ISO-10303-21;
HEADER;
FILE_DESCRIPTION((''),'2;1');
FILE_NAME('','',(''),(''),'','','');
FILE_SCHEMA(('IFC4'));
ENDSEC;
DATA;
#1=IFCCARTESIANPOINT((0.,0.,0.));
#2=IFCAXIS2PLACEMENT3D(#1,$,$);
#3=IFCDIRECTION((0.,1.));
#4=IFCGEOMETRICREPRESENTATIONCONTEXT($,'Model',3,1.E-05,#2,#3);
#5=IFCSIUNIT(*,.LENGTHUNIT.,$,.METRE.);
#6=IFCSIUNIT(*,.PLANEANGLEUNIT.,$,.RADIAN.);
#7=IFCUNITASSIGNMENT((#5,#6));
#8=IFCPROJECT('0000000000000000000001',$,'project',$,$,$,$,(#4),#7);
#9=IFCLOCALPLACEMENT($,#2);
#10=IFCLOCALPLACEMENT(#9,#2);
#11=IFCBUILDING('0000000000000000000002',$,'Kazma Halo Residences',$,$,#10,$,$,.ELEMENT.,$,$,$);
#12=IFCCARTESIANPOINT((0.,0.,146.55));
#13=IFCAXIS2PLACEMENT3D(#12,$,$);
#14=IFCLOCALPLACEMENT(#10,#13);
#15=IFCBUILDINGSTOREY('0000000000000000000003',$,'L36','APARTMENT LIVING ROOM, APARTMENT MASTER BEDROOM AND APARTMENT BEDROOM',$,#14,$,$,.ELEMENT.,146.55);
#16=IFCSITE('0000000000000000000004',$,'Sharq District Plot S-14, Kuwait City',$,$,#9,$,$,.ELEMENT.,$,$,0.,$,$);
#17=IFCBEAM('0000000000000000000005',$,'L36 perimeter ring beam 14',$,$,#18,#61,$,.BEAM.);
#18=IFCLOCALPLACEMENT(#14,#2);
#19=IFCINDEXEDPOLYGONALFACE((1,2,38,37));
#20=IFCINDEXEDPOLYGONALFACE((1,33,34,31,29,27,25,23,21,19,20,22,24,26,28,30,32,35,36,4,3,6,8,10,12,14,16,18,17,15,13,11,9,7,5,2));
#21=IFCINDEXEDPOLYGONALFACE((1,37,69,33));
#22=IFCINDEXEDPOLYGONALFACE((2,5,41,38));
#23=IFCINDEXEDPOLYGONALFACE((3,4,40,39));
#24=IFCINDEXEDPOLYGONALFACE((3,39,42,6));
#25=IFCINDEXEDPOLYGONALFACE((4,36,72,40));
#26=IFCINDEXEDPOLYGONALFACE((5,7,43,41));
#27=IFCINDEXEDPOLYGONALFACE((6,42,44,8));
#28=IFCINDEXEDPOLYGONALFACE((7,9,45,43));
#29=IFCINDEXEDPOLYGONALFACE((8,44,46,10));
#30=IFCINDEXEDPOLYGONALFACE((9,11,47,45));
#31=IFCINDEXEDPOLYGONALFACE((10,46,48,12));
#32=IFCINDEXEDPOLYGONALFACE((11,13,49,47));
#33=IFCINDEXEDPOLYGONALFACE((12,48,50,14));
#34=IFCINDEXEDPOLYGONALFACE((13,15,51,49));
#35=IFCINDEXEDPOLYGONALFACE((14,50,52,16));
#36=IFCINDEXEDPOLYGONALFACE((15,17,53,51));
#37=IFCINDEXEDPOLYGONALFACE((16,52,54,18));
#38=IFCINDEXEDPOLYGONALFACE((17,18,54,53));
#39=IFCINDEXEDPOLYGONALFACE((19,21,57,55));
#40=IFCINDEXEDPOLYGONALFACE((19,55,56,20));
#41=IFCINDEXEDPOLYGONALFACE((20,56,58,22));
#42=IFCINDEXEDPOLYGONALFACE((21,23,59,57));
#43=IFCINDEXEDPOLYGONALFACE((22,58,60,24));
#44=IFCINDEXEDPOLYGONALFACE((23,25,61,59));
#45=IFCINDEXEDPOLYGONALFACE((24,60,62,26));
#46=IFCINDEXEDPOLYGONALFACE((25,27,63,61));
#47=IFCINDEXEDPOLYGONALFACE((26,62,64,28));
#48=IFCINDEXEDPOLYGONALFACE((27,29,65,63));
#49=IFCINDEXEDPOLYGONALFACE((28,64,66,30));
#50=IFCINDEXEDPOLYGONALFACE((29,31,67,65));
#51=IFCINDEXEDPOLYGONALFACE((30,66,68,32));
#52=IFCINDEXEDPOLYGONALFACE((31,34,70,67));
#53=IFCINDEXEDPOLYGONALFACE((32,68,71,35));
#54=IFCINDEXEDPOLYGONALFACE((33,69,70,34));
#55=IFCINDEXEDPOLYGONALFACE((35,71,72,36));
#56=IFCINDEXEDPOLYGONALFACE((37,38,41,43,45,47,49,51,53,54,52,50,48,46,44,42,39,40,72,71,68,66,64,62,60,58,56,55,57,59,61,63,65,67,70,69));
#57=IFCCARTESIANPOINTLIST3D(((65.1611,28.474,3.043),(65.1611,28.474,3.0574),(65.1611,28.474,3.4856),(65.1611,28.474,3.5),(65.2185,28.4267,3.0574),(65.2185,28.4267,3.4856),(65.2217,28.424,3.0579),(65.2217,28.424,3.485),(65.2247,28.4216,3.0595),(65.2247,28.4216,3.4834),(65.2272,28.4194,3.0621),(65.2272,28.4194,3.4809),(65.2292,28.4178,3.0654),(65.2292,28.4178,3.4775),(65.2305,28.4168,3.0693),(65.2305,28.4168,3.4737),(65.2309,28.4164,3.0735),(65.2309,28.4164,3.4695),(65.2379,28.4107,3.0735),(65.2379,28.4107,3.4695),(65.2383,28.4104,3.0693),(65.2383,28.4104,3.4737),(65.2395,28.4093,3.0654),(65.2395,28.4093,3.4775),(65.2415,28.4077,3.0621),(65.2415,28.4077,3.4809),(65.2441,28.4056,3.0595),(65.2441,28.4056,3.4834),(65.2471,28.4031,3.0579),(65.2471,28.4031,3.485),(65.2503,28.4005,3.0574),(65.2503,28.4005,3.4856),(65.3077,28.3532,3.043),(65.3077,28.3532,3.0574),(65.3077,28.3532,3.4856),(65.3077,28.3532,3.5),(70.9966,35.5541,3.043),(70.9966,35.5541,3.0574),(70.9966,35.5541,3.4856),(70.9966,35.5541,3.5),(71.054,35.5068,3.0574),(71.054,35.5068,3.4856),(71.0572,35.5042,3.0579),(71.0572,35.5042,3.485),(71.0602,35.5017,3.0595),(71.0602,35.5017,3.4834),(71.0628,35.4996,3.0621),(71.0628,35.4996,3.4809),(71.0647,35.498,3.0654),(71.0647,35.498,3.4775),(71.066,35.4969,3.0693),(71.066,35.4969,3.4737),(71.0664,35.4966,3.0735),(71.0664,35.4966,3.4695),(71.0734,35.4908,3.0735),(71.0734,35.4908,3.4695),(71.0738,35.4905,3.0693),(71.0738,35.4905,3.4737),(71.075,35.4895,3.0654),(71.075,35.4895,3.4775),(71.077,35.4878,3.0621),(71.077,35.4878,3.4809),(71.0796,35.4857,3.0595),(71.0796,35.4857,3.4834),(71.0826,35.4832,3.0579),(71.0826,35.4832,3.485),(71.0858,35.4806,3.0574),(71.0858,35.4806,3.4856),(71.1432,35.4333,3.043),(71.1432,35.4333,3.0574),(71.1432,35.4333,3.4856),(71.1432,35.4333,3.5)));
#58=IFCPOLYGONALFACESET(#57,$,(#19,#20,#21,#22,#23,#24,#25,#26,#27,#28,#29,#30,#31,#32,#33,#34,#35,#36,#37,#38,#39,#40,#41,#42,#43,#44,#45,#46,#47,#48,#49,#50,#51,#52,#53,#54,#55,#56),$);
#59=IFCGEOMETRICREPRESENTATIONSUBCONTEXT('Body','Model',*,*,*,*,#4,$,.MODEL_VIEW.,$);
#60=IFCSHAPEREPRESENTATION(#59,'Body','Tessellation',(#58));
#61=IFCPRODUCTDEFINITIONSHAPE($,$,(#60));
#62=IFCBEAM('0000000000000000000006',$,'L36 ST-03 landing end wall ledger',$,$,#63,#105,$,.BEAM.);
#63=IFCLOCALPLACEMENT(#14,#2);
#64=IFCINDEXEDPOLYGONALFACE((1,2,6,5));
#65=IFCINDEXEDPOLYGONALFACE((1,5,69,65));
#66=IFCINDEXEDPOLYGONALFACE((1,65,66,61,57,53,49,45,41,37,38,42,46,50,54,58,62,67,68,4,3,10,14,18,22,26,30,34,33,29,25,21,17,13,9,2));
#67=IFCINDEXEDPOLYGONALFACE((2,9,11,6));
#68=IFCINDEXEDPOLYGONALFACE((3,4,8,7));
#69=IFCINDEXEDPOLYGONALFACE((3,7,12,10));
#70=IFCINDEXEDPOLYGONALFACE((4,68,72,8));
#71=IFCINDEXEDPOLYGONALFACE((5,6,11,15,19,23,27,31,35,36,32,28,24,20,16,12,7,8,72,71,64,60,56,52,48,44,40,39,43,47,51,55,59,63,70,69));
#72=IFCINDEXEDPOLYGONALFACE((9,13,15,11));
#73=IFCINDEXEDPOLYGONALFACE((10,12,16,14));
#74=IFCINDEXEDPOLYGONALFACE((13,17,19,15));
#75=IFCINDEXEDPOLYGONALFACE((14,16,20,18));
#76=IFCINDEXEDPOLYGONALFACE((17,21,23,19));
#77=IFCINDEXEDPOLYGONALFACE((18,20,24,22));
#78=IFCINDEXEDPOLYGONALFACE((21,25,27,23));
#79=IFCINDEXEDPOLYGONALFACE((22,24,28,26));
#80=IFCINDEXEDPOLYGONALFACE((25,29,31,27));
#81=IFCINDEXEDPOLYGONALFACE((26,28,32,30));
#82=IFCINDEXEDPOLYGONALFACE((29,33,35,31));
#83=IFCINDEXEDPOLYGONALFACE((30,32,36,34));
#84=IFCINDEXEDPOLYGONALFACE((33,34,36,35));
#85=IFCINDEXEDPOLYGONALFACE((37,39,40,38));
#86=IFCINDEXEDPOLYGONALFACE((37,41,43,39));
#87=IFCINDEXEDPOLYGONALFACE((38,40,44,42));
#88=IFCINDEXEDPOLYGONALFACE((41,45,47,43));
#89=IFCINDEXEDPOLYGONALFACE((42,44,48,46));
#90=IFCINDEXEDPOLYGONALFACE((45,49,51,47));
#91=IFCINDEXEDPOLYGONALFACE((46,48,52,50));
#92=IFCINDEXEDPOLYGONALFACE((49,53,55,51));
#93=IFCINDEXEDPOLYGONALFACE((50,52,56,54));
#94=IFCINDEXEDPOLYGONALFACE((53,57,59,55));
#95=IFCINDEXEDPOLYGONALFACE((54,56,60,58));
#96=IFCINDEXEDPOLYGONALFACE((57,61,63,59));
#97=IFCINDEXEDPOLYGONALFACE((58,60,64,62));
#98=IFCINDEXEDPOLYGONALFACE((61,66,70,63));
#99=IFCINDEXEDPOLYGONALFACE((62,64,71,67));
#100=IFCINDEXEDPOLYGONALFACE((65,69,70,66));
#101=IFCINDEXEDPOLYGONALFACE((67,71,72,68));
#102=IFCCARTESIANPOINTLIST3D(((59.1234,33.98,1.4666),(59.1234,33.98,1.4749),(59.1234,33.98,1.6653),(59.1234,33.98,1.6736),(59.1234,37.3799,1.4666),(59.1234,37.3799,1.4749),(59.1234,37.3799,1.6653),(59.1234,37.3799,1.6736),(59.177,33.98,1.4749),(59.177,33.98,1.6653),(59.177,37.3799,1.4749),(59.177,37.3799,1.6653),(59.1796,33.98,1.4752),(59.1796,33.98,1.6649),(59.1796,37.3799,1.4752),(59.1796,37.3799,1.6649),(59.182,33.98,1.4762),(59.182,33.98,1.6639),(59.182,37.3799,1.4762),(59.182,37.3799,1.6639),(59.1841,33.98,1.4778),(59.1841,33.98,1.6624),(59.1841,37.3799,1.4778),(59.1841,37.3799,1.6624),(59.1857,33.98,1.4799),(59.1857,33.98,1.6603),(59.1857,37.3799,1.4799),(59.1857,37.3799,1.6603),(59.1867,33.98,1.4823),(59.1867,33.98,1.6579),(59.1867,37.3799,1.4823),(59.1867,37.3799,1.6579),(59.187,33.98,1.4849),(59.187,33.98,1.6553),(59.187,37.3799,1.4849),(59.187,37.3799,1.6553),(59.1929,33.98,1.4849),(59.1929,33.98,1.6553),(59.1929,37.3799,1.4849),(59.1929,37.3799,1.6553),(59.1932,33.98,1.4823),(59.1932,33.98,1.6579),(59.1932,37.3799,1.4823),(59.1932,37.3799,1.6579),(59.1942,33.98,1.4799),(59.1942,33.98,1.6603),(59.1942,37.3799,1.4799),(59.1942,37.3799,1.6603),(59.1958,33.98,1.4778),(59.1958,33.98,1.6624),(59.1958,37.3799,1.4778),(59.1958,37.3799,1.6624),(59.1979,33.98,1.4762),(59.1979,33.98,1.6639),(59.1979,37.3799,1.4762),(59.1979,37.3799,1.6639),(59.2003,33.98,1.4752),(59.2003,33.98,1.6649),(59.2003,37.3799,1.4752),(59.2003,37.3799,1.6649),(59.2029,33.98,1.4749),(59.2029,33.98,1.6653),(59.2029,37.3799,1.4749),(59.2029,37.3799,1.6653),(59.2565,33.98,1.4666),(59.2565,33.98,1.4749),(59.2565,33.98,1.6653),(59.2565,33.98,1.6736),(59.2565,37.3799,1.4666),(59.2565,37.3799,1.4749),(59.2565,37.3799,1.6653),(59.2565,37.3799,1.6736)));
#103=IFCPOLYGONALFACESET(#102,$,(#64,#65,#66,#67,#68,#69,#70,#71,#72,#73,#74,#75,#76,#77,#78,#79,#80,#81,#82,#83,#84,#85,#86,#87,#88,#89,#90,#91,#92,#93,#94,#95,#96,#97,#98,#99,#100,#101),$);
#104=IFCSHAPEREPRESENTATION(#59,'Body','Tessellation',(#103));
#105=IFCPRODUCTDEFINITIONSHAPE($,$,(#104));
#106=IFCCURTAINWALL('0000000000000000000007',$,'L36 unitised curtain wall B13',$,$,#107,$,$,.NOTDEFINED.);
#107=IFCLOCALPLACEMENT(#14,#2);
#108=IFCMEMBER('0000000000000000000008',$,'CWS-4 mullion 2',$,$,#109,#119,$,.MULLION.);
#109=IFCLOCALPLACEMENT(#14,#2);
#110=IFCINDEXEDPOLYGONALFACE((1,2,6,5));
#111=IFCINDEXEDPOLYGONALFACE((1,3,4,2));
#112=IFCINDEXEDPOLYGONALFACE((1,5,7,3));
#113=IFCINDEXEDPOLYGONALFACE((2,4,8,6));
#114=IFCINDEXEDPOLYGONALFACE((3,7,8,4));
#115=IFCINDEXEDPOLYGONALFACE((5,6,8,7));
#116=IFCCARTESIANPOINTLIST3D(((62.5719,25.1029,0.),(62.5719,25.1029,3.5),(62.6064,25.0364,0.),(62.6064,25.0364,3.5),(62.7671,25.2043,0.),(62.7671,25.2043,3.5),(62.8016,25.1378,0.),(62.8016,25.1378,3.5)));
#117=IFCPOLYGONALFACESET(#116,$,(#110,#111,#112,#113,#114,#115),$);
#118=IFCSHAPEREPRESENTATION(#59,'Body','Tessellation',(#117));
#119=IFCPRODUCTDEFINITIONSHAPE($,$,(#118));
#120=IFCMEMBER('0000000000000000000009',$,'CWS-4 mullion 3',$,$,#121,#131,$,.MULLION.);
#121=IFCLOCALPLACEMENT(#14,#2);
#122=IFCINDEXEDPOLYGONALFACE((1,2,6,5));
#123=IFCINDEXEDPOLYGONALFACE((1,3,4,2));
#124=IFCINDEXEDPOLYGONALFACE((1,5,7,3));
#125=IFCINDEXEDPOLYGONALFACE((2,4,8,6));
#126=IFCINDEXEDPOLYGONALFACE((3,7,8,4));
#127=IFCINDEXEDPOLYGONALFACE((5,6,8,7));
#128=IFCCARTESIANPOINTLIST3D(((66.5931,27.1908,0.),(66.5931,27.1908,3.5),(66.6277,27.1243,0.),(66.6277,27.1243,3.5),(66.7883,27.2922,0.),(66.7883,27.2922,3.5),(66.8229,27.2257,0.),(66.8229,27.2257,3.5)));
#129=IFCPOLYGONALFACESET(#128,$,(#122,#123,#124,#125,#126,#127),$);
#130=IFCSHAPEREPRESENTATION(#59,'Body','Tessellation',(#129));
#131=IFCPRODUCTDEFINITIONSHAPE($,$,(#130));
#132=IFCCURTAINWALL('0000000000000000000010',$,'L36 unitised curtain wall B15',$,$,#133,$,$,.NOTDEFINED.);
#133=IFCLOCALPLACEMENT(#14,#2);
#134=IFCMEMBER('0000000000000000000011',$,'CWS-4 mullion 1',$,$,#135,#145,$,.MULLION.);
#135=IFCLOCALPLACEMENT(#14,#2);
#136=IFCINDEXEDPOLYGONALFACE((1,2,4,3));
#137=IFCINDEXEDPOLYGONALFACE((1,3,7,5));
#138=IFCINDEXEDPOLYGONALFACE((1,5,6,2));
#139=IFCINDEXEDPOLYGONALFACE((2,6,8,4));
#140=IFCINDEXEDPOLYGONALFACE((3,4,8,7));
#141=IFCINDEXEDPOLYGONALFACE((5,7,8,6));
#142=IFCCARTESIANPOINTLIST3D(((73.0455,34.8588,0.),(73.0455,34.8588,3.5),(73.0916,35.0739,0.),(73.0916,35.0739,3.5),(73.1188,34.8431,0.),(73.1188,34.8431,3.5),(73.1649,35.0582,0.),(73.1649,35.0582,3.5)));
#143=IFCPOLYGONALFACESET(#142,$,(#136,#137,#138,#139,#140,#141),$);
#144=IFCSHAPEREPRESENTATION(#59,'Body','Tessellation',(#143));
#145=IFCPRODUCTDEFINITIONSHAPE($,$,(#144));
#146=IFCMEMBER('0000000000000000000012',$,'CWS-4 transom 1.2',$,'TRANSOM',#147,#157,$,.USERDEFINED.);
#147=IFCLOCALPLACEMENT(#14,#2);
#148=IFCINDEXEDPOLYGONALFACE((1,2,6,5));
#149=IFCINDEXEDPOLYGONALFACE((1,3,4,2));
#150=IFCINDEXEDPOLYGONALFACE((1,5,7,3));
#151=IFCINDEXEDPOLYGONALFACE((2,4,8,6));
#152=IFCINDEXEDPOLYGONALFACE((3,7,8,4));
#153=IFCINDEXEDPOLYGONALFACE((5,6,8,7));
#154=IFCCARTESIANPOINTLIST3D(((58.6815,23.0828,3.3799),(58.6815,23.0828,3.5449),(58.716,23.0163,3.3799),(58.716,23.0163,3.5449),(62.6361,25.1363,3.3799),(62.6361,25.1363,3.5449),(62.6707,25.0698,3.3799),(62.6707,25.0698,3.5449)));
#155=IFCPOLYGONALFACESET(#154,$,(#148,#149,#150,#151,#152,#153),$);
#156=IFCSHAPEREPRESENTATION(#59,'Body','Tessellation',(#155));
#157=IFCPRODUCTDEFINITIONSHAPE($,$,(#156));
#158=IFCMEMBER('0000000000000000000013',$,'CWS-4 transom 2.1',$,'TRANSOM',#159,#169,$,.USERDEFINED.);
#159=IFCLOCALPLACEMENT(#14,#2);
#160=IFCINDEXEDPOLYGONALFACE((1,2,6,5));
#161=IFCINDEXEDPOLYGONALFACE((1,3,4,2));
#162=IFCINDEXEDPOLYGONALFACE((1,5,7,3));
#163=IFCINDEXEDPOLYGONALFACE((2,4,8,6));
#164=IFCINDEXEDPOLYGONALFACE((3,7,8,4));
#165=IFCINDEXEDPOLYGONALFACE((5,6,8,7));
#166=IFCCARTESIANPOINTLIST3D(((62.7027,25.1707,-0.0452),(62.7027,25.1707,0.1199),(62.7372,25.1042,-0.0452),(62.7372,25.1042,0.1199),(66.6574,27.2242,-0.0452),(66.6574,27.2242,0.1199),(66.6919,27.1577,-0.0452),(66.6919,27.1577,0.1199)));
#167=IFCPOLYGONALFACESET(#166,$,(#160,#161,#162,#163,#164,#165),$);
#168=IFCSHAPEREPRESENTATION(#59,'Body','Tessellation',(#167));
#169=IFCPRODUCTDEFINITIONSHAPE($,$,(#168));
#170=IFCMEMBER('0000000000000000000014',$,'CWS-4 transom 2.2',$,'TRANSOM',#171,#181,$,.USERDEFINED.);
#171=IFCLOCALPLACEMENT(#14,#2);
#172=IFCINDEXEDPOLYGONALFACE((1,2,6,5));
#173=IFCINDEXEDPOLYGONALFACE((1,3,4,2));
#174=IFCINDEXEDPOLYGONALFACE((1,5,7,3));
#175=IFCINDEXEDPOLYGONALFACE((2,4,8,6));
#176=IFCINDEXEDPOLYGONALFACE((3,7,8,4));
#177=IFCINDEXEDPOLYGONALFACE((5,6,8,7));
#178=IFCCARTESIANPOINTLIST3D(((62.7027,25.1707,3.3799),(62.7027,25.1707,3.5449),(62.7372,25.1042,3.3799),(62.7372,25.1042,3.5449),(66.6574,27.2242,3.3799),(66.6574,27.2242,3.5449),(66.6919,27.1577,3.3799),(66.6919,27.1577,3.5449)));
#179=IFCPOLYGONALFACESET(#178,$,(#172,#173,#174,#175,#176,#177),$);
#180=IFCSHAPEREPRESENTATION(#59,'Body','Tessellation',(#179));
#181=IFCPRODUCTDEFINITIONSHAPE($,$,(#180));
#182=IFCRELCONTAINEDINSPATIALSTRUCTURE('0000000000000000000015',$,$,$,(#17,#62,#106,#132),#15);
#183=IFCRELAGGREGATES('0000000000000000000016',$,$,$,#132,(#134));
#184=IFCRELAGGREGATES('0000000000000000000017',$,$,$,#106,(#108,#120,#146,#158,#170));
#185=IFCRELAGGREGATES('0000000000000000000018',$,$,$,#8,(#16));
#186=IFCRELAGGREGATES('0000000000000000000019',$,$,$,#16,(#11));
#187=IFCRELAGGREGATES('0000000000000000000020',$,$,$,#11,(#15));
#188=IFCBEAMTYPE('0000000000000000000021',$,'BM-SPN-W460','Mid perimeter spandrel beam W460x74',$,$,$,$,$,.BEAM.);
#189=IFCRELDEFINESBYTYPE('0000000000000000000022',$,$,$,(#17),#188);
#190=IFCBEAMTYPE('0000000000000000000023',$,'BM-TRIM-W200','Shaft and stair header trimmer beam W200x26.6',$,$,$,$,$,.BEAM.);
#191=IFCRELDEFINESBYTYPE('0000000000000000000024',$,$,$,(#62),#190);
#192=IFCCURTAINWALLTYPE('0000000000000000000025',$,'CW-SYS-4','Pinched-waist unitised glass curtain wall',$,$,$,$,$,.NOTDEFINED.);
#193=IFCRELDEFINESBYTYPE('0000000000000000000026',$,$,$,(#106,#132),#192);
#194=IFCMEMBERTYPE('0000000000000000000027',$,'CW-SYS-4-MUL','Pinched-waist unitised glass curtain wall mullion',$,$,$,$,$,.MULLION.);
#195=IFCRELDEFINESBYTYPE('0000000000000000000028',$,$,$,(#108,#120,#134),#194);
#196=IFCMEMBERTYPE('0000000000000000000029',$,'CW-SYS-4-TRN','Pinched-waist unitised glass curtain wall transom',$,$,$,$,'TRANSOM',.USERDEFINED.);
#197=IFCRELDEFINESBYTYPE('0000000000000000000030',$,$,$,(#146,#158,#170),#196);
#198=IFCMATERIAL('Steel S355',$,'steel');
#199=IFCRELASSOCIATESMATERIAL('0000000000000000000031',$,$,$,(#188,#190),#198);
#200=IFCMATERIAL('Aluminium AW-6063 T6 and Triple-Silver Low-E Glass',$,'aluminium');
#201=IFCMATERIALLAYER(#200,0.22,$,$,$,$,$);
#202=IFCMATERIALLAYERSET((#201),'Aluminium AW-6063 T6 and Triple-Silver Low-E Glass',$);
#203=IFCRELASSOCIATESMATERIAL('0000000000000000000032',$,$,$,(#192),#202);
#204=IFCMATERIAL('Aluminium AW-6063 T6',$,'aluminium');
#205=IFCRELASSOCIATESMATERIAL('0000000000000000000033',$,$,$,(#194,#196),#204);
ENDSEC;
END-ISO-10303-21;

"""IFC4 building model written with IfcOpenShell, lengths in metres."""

from ifc_helpers import new_model, si_unit, direction, frame, origin, origin_2d, place, context, subcontext, project, spatial, rectangle, i_section, extrude, material, layer, layer_set, material_profile, profile_set, type_object, element, aggregate, save


model = new_model("IFC4")

# Units and contexts
model_context = context("Model", 3, precision=1e-05, world=origin(), true_north=direction((0.0, 1.0)))
body_context = subcontext(model_context, "Body", "Model", "MODEL_VIEW")
ifc_project = project(units=[si_unit("LENGTHUNIT", "METRE"), si_unit("PLANEANGLEUNIT", "RADIAN")], contexts=[model_context])

# Site, building, storey
site_placement = place(None, origin())
site = spatial("IfcSite", under=ifc_project, at=site_placement, Name="Sharq District Plot S-14, Kuwait City", CompositionType="ELEMENT", RefElevation=0.0)
building_placement = place(site_placement, origin())
building = spatial("IfcBuilding", under=site, at=building_placement, Name="Kazma Halo Residences", CompositionType="ELEMENT")
storey_placement = place(building_placement, frame((0.0, 0.0, 146.55)))
storey = spatial("IfcBuildingStorey", under=building, at=storey_placement, Name="L36", Description="APARTMENT LIVING ROOM, APARTMENT MASTER BEDROOM AND APARTMENT BEDROOM", CompositionType="ELEMENT", Elevation=146.55)

# Beams
ifc_material_1 = material(Name="Steel S355", Category="steel")
ifc_material_profile_1 = material_profile(ifc_material_1, i_section(OverallWidth=0.1899, OverallDepth=0.457, WebThickness=0.009, FlangeThickness=0.0144, FilletRadius=0.0161, at=origin_2d()), Name="W460x74")
ifc_profile_set_1 = profile_set([ifc_material_profile_1], Name="Steel S355")
beam_type_1 = type_object("IfcBeamType", Name="BM-SPN-W460", Description="Mid perimeter spandrel beam W460x74", PredefinedType="BEAM", material=ifc_profile_set_1)
beam_1_placement = place(storey_placement, frame((65.2344, 28.4136, 3.2715), z_axis=(0.636019, 0.771674, 0.0), x_axis=(-0.771674, 0.636019, 0.0)))
element("IfcBeam", 1, at=beam_1_placement, inside=storey, type_object=beam_type_1, Name="L36 perimeter ring beam 14", PredefinedType="BEAM", context=body_context, shape_type="SweptSolid", body=[
    extrude(i_section(OverallWidth=0.1899, OverallDepth=0.457, WebThickness=0.009, FlangeThickness=0.0144, FilletRadius=0.0161, at=origin_2d()), origin(), (0.0, 0.0, 1.0), 9.175),
])
ifc_material_profile_2 = material_profile(ifc_material_1, i_section(OverallWidth=0.1331, OverallDepth=0.207, WebThickness=0.0059, FlangeThickness=0.0083, FilletRadius=0.01, at=origin_2d()), Name="W200x26.6")
ifc_profile_set_2 = profile_set([ifc_material_profile_2], Name="Steel S355")
beam_type_2 = type_object("IfcBeamType", Name="BM-TRIM-W200", Description="Shaft and stair header trimmer beam W200x26.6", PredefinedType="BEAM", material=ifc_profile_set_2)
beam_2_placement = place(storey_placement, frame((59.1899, 33.98, 1.5701), z_axis=(0.0, 1.0, 0.0), x_axis=(-1.0, 0.0, 0.0)))
element("IfcBeam", 2, at=beam_2_placement, inside=storey, type_object=beam_type_2, Name="L36 ST-03 landing end wall ledger", PredefinedType="BEAM", context=body_context, shape_type="SweptSolid", body=[
    extrude(i_section(OverallWidth=0.1331, OverallDepth=0.207, WebThickness=0.0059, FlangeThickness=0.0083, FilletRadius=0.01, at=origin_2d()), origin(), (0.0, 0.0, 1.0), 3.3999),
])

# Curtain wall, members
ifc_material_2 = material(Name="Aluminium AW-6063 T6 and Triple-Silver Low-E Glass", Category="aluminium")
ifc_layer_1 = layer(ifc_material_2, 0.22)
ifc_layer_set_1 = layer_set([ifc_layer_1], Name="Aluminium AW-6063 T6 and Triple-Silver Low-E Glass")
curtain_wall_type = type_object("IfcCurtainWallType", Name="CW-SYS-4", Description="Pinched-waist unitised glass curtain wall", PredefinedType="NOTDEFINED", material=ifc_layer_set_1)
curtain_wall_1_placement = place(storey_placement, origin())
curtain_wall_1 = element("IfcCurtainWall", 3, at=curtain_wall_1_placement, inside=storey, type_object=curtain_wall_type, Name="L36 unitised curtain wall B13", PredefinedType="NOTDEFINED")
ifc_material_3 = material(Name="Aluminium AW-6063 T6", Category="aluminium")
ifc_material_profile_3 = material_profile(ifc_material_3, rectangle(XDim=0.075, YDim=0.22, at=origin_2d()), Name="CWM-75x220")
ifc_profile_set_3 = profile_set([ifc_material_profile_3], Name="Aluminium AW-6063 T6")
member_type_1 = type_object("IfcMemberType", Name="CW-SYS-4-MUL", Description="Pinched-waist unitised glass curtain wall mullion", PredefinedType="MULLION", material=ifc_profile_set_3)
member_1_placement = place(storey_placement, frame((62.6868, 25.1204, 0.0), z_axis=(0.0, 0.0, 1.0), x_axis=(-0.460837, 0.887485, 0.0)))
member_1 = element("IfcMember", 4, at=member_1_placement, type_object=member_type_1, Name="CWS-4 mullion 2", PredefinedType="MULLION", context=body_context, shape_type="SweptSolid", body=[
    extrude(rectangle(XDim=0.075, YDim=0.22, at=origin_2d()), origin(), (0.0, 0.0, 1.0), 3.5),
])
member_2_placement = place(storey_placement, frame((66.708, 27.2083, 0.0), z_axis=(0.0, 0.0, 1.0), x_axis=(-0.460837, 0.887485, 0.0)))
member_2 = element("IfcMember", 5, at=member_2_placement, type_object=member_type_1, Name="CWS-4 mullion 3", PredefinedType="MULLION", context=body_context, shape_type="SweptSolid", body=[
    extrude(rectangle(XDim=0.075, YDim=0.22, at=origin_2d()), origin(), (0.0, 0.0, 1.0), 3.5),
])

# Curtain wall, member
curtain_wall_2_placement = place(storey_placement, origin())
curtain_wall_2 = element("IfcCurtainWall", 6, at=curtain_wall_2_placement, inside=storey, type_object=curtain_wall_type, Name="L36 unitised curtain wall B15", PredefinedType="NOTDEFINED")
member_3_placement = place(storey_placement, frame((73.1052, 34.9585, 0.0), z_axis=(0.0, 0.0, 1.0), x_axis=(-0.977765, 0.209704, 0.0)))
member_3 = element("IfcMember", 7, at=member_3_placement, type_object=member_type_1, Name="CWS-4 mullion 1", PredefinedType="MULLION", context=body_context, shape_type="SweptSolid", body=[
    extrude(rectangle(XDim=0.075, YDim=0.22, at=origin_2d()), origin(), (0.0, 0.0, 1.0), 3.5),
])
aggregate(curtain_wall_2, [member_3])

# Members
ifc_material_profile_4 = material_profile(ifc_material_3, rectangle(XDim=0.075, YDim=0.165, at=origin_2d()), Name="CWT-75x165")
ifc_profile_set_4 = profile_set([ifc_material_profile_4], Name="Aluminium AW-6063 T6")
member_type_2 = type_object("IfcMemberType", Name="CW-SYS-4-TRN", Description="Pinched-waist unitised glass curtain wall transom", ElementType="TRANSOM", PredefinedType="USERDEFINED", material=ifc_profile_set_4)
member_4_placement = place(storey_placement, frame((58.6987, 23.0496, 3.4624), z_axis=(0.887485, 0.460837, 0.0), x_axis=(-0.460837, 0.887485, 0.0)))
member_4 = element("IfcMember", 8, at=member_4_placement, type_object=member_type_2, Name="CWS-4 transom 1.2", ObjectType="TRANSOM", PredefinedType="USERDEFINED", context=body_context, shape_type="SweptSolid", body=[
    extrude(rectangle(XDim=0.075, YDim=0.165, at=origin_2d()), origin(), (0.0, 0.0, 1.0), 4.4561),
])
member_5_placement = place(storey_placement, frame((62.72, 25.1375, 0.0374), z_axis=(0.887485, 0.460837, 0.0), x_axis=(-0.460837, 0.887485, 0.0)))
member_5 = element("IfcMember", 9, at=member_5_placement, type_object=member_type_2, Name="CWS-4 transom 2.1", ObjectType="TRANSOM", PredefinedType="USERDEFINED", context=body_context, shape_type="SweptSolid", body=[
    extrude(rectangle(XDim=0.075, YDim=0.165, at=origin_2d()), origin(), (0.0, 0.0, 1.0), 4.4561),
])
member_6_placement = place(storey_placement, frame((62.72, 25.1375, 3.4624), z_axis=(0.887485, 0.460837, 0.0), x_axis=(-0.460837, 0.887485, 0.0)))
member_6 = element("IfcMember", 10, at=member_6_placement, type_object=member_type_2, Name="CWS-4 transom 2.2", ObjectType="TRANSOM", PredefinedType="USERDEFINED", context=body_context, shape_type="SweptSolid", body=[
    extrude(rectangle(XDim=0.075, YDim=0.165, at=origin_2d()), origin(), (0.0, 0.0, 1.0), 4.4561),
])

aggregate(curtain_wall_1, [member_1, member_2, member_4, member_5, member_6])

save(model, "model.ifc")
